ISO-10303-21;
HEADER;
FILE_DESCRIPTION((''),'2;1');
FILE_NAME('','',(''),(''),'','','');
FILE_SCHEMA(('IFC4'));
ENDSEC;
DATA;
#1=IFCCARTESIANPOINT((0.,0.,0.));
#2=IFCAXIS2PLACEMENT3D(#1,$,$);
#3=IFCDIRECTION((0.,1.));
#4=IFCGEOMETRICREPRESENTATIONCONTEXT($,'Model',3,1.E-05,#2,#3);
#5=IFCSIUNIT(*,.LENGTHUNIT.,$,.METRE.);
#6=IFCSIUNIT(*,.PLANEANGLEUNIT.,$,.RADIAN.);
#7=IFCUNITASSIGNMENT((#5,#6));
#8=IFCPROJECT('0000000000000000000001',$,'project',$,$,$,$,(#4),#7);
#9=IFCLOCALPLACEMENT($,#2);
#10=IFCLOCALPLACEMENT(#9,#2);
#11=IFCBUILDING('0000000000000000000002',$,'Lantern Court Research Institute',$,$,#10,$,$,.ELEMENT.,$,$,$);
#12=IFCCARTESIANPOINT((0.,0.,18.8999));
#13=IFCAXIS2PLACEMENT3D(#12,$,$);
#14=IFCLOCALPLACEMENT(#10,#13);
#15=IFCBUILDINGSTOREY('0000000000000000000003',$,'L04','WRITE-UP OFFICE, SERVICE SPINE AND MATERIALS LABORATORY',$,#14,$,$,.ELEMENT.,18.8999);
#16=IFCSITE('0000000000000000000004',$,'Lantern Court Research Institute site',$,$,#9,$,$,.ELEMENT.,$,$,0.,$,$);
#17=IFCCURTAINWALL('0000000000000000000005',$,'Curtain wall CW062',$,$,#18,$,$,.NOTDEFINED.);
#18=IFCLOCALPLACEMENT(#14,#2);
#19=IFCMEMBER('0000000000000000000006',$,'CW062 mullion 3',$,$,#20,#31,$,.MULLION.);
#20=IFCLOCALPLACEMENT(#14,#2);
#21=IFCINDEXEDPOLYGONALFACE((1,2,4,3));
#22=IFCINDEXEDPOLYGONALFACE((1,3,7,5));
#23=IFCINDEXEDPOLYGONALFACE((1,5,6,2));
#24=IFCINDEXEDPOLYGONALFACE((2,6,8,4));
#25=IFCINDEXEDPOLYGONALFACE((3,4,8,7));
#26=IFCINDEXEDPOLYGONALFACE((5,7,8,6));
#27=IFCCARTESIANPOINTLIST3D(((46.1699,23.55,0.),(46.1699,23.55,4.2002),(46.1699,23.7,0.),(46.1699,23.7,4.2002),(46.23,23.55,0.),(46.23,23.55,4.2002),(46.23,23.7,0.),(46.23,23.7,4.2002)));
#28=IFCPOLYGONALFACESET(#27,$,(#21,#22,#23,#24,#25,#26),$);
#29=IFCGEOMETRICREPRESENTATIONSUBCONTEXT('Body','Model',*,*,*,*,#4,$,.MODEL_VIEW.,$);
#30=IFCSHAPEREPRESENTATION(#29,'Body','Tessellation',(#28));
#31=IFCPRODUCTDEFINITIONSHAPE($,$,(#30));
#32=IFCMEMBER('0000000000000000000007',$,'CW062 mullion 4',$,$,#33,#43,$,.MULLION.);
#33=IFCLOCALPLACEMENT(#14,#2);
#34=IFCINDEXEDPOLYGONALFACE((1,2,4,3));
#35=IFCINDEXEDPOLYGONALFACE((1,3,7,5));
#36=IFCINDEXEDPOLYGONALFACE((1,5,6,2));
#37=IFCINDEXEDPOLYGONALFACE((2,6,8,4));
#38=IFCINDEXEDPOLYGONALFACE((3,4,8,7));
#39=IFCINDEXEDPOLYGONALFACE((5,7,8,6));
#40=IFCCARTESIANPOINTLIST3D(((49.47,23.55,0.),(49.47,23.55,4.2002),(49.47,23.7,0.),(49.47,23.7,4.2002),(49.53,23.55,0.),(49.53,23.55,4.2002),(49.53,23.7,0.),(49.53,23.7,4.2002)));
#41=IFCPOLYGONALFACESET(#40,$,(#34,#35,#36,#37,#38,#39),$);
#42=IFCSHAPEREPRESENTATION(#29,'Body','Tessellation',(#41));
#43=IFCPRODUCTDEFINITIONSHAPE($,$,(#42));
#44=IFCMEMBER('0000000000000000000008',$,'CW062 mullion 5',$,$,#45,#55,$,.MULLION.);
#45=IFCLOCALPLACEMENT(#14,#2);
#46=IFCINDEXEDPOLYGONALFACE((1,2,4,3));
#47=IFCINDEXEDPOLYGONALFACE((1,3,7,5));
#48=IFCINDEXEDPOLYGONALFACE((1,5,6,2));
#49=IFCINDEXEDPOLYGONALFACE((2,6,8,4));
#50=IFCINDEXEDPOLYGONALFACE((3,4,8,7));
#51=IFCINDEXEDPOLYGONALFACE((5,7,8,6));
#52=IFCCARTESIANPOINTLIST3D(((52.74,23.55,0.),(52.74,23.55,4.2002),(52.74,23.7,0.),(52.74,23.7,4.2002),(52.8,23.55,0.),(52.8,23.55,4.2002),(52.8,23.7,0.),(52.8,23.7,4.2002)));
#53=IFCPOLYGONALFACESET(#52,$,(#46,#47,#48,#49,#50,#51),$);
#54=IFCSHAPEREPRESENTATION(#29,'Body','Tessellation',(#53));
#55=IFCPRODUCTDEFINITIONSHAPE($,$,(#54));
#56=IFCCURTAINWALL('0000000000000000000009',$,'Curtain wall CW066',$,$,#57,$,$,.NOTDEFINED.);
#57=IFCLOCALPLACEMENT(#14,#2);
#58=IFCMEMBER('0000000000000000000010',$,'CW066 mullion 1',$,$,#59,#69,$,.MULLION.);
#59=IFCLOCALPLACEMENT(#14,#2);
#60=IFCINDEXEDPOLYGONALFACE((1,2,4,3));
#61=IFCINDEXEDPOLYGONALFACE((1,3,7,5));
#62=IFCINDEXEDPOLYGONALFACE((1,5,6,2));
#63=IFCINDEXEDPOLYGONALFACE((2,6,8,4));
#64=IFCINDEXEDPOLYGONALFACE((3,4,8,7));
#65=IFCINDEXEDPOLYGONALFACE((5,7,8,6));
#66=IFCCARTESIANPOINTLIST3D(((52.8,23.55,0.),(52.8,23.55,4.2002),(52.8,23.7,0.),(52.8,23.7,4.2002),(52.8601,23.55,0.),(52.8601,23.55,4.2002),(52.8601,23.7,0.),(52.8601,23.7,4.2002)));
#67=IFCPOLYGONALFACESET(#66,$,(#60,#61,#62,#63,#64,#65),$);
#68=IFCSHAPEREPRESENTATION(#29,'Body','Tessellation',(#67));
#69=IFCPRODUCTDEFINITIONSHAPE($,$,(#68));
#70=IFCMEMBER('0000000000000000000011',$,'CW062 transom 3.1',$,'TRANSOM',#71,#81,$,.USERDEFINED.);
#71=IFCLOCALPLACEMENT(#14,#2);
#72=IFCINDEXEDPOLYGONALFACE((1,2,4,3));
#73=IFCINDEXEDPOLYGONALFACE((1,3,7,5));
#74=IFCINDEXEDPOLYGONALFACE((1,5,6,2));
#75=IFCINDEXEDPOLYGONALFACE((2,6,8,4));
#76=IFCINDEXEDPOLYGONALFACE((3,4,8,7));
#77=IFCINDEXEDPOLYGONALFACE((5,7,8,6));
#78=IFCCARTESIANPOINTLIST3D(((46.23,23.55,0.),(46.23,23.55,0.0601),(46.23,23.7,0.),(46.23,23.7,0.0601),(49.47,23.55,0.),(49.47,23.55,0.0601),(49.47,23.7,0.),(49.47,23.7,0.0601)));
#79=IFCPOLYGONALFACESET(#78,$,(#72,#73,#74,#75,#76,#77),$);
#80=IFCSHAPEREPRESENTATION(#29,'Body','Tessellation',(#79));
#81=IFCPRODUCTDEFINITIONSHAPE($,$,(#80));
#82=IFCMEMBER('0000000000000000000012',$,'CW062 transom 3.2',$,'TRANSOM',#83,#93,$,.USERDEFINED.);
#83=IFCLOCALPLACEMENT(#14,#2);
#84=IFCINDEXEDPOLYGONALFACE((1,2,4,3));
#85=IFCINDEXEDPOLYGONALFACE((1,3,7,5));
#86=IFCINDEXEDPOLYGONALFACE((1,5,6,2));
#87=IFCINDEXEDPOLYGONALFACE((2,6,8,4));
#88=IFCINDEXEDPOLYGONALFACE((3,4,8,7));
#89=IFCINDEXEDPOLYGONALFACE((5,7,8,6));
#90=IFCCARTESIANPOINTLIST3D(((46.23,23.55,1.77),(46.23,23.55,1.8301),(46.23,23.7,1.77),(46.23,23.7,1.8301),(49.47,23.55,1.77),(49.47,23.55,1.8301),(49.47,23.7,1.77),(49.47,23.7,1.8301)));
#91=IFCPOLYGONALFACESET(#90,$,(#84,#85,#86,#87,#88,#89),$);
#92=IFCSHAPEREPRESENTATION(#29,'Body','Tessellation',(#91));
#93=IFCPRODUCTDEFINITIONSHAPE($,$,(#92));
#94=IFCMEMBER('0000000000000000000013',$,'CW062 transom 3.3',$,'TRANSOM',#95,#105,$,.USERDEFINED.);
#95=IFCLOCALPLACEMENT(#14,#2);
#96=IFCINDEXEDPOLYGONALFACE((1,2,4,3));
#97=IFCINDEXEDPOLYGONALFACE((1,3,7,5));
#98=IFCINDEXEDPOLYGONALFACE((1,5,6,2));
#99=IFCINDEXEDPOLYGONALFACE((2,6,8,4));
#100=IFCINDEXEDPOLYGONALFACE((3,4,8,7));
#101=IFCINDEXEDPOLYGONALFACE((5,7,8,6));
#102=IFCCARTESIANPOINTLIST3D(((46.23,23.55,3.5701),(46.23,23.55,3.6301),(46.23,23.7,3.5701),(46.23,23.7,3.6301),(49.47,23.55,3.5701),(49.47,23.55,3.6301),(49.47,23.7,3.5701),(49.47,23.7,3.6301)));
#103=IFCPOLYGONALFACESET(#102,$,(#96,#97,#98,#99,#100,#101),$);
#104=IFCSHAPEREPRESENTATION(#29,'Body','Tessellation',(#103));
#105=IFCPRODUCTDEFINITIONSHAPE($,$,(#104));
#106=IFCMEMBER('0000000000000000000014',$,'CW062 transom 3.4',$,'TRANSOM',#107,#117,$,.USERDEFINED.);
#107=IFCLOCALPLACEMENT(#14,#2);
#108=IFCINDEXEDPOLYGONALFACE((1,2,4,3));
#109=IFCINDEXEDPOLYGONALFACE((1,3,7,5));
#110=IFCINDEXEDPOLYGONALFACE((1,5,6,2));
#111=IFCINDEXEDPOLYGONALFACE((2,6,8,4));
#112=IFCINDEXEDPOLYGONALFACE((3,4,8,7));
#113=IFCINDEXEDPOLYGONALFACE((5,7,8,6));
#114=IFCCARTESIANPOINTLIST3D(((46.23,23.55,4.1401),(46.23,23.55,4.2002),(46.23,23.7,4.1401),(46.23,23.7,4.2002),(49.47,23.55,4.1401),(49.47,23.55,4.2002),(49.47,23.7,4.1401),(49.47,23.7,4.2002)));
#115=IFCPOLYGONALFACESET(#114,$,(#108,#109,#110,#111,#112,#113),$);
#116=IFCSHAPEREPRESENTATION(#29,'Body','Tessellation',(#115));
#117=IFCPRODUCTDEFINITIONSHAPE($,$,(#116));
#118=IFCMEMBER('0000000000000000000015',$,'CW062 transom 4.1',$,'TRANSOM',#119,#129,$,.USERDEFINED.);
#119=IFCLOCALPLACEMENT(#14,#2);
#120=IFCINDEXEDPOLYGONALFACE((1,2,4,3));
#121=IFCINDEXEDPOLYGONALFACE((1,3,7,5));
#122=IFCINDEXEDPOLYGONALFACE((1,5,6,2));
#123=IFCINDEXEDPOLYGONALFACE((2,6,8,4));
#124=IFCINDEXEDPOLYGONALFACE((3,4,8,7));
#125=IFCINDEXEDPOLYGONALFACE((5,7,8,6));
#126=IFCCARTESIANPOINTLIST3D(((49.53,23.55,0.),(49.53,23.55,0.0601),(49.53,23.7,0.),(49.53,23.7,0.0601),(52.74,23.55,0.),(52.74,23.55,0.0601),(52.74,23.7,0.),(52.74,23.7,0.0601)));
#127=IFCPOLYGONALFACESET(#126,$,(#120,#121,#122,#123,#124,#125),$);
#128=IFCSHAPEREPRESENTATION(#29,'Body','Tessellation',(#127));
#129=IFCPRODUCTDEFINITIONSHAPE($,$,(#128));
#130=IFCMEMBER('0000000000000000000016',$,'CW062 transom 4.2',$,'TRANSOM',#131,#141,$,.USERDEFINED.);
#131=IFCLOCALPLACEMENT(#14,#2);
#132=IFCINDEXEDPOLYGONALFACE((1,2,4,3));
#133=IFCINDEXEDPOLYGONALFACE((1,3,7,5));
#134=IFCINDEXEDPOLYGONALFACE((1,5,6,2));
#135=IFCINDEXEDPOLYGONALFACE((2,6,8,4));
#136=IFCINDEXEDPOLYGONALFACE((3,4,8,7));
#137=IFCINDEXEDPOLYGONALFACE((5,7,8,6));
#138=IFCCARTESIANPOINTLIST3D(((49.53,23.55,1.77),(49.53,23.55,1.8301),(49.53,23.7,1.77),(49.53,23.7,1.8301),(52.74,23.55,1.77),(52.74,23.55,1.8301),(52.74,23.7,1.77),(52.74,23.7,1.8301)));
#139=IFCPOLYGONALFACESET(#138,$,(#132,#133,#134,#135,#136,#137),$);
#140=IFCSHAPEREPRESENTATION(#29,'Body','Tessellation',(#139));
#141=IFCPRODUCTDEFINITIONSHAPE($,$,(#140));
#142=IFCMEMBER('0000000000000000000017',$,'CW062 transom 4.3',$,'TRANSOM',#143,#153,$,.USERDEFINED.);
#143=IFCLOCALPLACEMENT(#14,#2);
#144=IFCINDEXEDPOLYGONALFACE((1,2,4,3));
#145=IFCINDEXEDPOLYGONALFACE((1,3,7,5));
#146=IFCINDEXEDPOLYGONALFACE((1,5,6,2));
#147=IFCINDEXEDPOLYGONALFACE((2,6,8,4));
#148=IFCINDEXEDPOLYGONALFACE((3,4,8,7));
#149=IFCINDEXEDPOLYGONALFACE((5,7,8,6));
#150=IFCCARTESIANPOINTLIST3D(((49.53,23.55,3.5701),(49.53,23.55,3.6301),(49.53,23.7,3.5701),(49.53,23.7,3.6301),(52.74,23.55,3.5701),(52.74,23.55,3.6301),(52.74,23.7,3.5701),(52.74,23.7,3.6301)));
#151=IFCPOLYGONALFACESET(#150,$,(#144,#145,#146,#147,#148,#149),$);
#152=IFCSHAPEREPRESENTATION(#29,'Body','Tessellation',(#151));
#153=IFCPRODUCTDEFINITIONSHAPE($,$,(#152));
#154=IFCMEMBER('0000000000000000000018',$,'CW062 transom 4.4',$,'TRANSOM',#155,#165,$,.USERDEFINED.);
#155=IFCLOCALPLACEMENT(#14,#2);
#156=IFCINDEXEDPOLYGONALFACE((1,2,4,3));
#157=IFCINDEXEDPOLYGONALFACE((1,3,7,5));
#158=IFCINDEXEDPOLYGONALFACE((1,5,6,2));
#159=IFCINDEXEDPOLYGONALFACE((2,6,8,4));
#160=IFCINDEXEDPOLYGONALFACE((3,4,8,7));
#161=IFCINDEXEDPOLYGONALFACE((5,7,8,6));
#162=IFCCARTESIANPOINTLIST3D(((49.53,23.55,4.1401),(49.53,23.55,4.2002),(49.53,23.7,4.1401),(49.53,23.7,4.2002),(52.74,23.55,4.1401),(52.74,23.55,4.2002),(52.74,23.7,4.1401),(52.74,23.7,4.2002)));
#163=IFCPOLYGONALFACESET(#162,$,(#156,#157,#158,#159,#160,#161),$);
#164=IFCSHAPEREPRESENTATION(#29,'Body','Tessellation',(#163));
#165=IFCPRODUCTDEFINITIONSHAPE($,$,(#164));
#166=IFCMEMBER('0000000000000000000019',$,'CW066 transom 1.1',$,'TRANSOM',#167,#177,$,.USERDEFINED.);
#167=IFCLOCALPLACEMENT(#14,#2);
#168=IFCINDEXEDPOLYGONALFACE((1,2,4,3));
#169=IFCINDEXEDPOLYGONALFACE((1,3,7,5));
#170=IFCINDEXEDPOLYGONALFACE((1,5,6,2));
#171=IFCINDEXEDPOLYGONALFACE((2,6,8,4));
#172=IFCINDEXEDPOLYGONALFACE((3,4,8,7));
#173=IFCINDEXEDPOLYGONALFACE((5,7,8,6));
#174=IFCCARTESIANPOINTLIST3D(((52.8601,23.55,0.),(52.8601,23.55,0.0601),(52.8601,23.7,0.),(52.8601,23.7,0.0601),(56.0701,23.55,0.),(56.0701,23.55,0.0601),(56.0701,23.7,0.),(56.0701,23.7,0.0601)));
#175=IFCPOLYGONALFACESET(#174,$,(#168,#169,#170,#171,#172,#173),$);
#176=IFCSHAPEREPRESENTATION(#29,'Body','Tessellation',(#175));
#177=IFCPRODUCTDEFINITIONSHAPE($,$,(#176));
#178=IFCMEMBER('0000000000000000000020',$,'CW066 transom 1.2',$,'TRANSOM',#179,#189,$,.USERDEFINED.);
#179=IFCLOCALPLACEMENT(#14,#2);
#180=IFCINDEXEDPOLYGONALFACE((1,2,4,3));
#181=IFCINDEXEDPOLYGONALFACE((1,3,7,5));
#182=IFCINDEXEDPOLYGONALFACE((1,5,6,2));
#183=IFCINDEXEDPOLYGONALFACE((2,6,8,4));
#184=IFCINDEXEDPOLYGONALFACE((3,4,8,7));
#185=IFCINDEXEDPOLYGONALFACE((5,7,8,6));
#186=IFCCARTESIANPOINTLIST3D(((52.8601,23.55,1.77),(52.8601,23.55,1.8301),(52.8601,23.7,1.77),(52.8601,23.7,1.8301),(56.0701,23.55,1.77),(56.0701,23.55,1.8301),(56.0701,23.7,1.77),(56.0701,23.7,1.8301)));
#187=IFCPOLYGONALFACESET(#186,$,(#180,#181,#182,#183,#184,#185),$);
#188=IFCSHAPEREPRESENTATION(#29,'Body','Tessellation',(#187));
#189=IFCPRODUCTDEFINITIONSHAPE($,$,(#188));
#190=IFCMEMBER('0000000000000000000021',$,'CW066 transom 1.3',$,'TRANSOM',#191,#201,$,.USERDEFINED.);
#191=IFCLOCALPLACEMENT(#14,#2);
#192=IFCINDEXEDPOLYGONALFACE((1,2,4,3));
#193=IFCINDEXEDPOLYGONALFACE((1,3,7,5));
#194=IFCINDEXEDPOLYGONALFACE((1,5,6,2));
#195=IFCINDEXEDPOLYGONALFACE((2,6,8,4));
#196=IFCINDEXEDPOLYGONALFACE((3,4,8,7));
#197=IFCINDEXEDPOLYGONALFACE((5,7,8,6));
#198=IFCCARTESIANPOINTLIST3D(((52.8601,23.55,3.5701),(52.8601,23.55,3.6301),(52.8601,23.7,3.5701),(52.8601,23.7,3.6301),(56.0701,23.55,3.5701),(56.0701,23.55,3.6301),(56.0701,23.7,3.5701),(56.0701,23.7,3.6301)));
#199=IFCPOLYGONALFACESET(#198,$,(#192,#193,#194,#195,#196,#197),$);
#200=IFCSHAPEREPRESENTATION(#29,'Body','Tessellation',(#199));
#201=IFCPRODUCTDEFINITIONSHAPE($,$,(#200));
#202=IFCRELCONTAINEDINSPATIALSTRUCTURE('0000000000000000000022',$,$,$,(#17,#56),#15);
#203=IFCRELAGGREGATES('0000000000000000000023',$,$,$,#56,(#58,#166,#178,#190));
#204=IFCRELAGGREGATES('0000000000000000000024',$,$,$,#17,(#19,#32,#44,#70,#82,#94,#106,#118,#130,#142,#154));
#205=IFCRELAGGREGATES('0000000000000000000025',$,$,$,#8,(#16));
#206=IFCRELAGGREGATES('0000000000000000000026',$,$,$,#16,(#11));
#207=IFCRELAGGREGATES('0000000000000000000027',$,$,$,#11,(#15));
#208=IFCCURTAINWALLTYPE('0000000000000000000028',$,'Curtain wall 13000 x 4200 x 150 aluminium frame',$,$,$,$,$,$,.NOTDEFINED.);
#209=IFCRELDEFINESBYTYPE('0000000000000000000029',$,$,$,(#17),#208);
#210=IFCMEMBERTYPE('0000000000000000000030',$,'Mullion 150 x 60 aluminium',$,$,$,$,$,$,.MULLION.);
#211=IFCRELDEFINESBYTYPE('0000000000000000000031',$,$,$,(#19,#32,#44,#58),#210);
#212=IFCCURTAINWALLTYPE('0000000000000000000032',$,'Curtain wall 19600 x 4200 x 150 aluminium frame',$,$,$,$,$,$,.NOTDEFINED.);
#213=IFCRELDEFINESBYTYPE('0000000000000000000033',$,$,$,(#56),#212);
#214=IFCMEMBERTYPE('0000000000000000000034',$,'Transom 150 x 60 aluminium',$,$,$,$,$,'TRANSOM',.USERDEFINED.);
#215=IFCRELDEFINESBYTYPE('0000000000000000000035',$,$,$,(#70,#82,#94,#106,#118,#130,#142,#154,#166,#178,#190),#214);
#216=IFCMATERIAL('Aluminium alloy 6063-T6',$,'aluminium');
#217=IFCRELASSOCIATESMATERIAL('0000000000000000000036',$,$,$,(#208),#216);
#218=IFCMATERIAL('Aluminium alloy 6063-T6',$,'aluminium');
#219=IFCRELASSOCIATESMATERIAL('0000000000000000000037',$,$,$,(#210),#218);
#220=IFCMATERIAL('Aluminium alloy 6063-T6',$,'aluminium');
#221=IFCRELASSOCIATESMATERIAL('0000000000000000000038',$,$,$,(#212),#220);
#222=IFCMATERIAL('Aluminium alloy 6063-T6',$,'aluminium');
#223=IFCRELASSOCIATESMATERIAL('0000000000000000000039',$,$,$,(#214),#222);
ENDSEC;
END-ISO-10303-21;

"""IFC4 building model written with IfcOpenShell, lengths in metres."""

from ifc_helpers import new_model, si_unit, direction, frame, origin, origin_2d, place, context, subcontext, project, spatial, rectangle, extrude, material, material_profile, profile_set, type_object, element, aggregate, save


model = new_model("IFC4")

# Units and contexts
model_context = context("Model", 3, precision=1e-05, world=origin(), true_north=direction((0.0, 1.0)))
body_context = subcontext(model_context, "Body", "Model", "MODEL_VIEW")
ifc_project = project(units=[si_unit("LENGTHUNIT", "METRE"), si_unit("PLANEANGLEUNIT", "RADIAN")], contexts=[model_context])

# Site, building, storey
site_placement = place(None, origin())
site = spatial("IfcSite", under=ifc_project, at=site_placement, Name="Lantern Court Research Institute site", CompositionType="ELEMENT", RefElevation=0.0)
building_placement = place(site_placement, origin())
building = spatial("IfcBuilding", under=site, at=building_placement, Name="Lantern Court Research Institute", CompositionType="ELEMENT")
storey_placement = place(building_placement, frame((0.0, 0.0, 18.8999)))
storey = spatial("IfcBuildingStorey", under=building, at=storey_placement, Name="L04", Description="WRITE-UP OFFICE, SERVICE SPINE AND MATERIALS LABORATORY", CompositionType="ELEMENT", Elevation=18.8999)

# Curtain wall, members
ifc_material_1 = material(Name="Aluminium alloy 6063-T6", Category="aluminium")
curtain_wall_type_1 = type_object("IfcCurtainWallType", Name="Curtain wall 13000 x 4200 x 150 aluminium frame", PredefinedType="NOTDEFINED", material=ifc_material_1)
curtain_wall_1_placement = place(storey_placement, origin())
curtain_wall_1 = element("IfcCurtainWall", 1, at=curtain_wall_1_placement, inside=storey, type_object=curtain_wall_type_1, Name="Curtain wall CW062", PredefinedType="NOTDEFINED")
ifc_material_2 = material(Name="Aluminium alloy 6063-T6", Category="aluminium")
ifc_material_profile_1 = material_profile(ifc_material_2, rectangle(XDim=0.1499, YDim=0.0601, at=origin_2d()), Name="Mullion 150 x 60")
ifc_profile_set_1 = profile_set([ifc_material_profile_1], Name="Aluminium alloy 6063-T6")
member_type_1 = type_object("IfcMemberType", Name="Mullion 150 x 60 aluminium", PredefinedType="MULLION", material=ifc_profile_set_1)
member_1_placement = place(storey_placement, frame((46.2, 23.625, 0.0), z_axis=(0.0, 0.0, 1.0), x_axis=(0.0, 1.0, 0.0)))
member_1 = element("IfcMember", 2, at=member_1_placement, type_object=member_type_1, Name="CW062 mullion 3", PredefinedType="MULLION", context=body_context, shape_type="SweptSolid", body=[
    extrude(rectangle(XDim=0.1499, YDim=0.0601, at=origin_2d()), origin(), (0.0, 0.0, 1.0), 4.2002),
])
member_2_placement = place(storey_placement, frame((49.5, 23.625, 0.0), z_axis=(0.0, 0.0, 1.0), x_axis=(0.0, 1.0, 0.0)))
member_2 = element("IfcMember", 3, at=member_2_placement, type_object=member_type_1, Name="CW062 mullion 4", PredefinedType="MULLION", context=body_context, shape_type="SweptSolid", body=[
    extrude(rectangle(XDim=0.1499, YDim=0.0601, at=origin_2d()), origin(), (0.0, 0.0, 1.0), 4.2002),
])
member_3_placement = place(storey_placement, frame((52.77, 23.625, 0.0), z_axis=(0.0, 0.0, 1.0), x_axis=(0.0, 1.0, 0.0)))
member_3 = element("IfcMember", 4, at=member_3_placement, type_object=member_type_1, Name="CW062 mullion 5", PredefinedType="MULLION", context=body_context, shape_type="SweptSolid", body=[
    extrude(rectangle(XDim=0.1499, YDim=0.0601, at=origin_2d()), origin(), (0.0, 0.0, 1.0), 4.2002),
])

# Curtain wall, member
ifc_material_3 = material(Name="Aluminium alloy 6063-T6", Category="aluminium")
curtain_wall_type_2 = type_object("IfcCurtainWallType", Name="Curtain wall 19600 x 4200 x 150 aluminium frame", PredefinedType="NOTDEFINED", material=ifc_material_3)
curtain_wall_2_placement = place(storey_placement, origin())
curtain_wall_2 = element("IfcCurtainWall", 5, at=curtain_wall_2_placement, inside=storey, type_object=curtain_wall_type_2, Name="Curtain wall CW066", PredefinedType="NOTDEFINED")
member_4_placement = place(storey_placement, frame((52.8301, 23.625, 0.0), z_axis=(0.0, 0.0, 1.0), x_axis=(0.0, 1.0, 0.0)))
member_4 = element("IfcMember", 6, at=member_4_placement, type_object=member_type_1, Name="CW066 mullion 1", PredefinedType="MULLION", context=body_context, shape_type="SweptSolid", body=[
    extrude(rectangle(XDim=0.1499, YDim=0.0601, at=origin_2d()), origin(), (0.0, 0.0, 1.0), 4.2002),
])

# Members
ifc_material_4 = material(Name="Aluminium alloy 6063-T6", Category="aluminium")
ifc_material_profile_2 = material_profile(ifc_material_4, rectangle(XDim=0.1499, YDim=0.0601, at=origin_2d()), Name="Transom 150 x 60")
ifc_profile_set_2 = profile_set([ifc_material_profile_2], Name="Aluminium alloy 6063-T6")
member_type_2 = type_object("IfcMemberType", Name="Transom 150 x 60 aluminium", ElementType="TRANSOM", PredefinedType="USERDEFINED", material=ifc_profile_set_2)
member_5_placement = place(storey_placement, frame((46.23, 23.625, 0.03), z_axis=(1.0, 0.0, 0.0), x_axis=(0.0, 1.0, 0.0)))
member_5 = element("IfcMember", 7, at=member_5_placement, type_object=member_type_2, Name="CW062 transom 3.1", ObjectType="TRANSOM", PredefinedType="USERDEFINED", context=body_context, shape_type="SweptSolid", body=[
    extrude(rectangle(XDim=0.1499, YDim=0.0601, at=origin_2d()), origin(), (0.0, 0.0, 1.0), 3.24),
])
member_6_placement = place(storey_placement, frame((46.23, 23.625, 1.8), z_axis=(1.0, 0.0, 0.0), x_axis=(0.0, 1.0, 0.0)))
member_6 = element("IfcMember", 8, at=member_6_placement, type_object=member_type_2, Name="CW062 transom 3.2", ObjectType="TRANSOM", PredefinedType="USERDEFINED", context=body_context, shape_type="SweptSolid", body=[
    extrude(rectangle(XDim=0.1499, YDim=0.0601, at=origin_2d()), origin(), (0.0, 0.0, 1.0), 3.24),
])
member_7_placement = place(storey_placement, frame((46.23, 23.625, 3.6001), z_axis=(1.0, 0.0, 0.0), x_axis=(0.0, 1.0, 0.0)))
member_7 = element("IfcMember", 9, at=member_7_placement, type_object=member_type_2, Name="CW062 transom 3.3", ObjectType="TRANSOM", PredefinedType="USERDEFINED", context=body_context, shape_type="SweptSolid", body=[
    extrude(rectangle(XDim=0.1499, YDim=0.0601, at=origin_2d()), origin(), (0.0, 0.0, 1.0), 3.24),
])
member_8_placement = place(storey_placement, frame((46.23, 23.625, 4.1702), z_axis=(1.0, 0.0, 0.0), x_axis=(0.0, 1.0, 0.0)))
member_8 = element("IfcMember", 10, at=member_8_placement, type_object=member_type_2, Name="CW062 transom 3.4", ObjectType="TRANSOM", PredefinedType="USERDEFINED", context=body_context, shape_type="SweptSolid", body=[
    extrude(rectangle(XDim=0.1499, YDim=0.0601, at=origin_2d()), origin(), (0.0, 0.0, 1.0), 3.24),
])
member_9_placement = place(storey_placement, frame((49.53, 23.625, 0.03), z_axis=(1.0, 0.0, 0.0), x_axis=(0.0, 1.0, 0.0)))
member_9 = element("IfcMember", 11, at=member_9_placement, type_object=member_type_2, Name="CW062 transom 4.1", ObjectType="TRANSOM", PredefinedType="USERDEFINED", context=body_context, shape_type="SweptSolid", body=[
    extrude(rectangle(XDim=0.1499, YDim=0.0601, at=origin_2d()), origin(), (0.0, 0.0, 1.0), 3.21),
])
member_10_placement = place(storey_placement, frame((49.53, 23.625, 1.8), z_axis=(1.0, 0.0, 0.0), x_axis=(0.0, 1.0, 0.0)))
member_10 = element("IfcMember", 12, at=member_10_placement, type_object=member_type_2, Name="CW062 transom 4.2", ObjectType="TRANSOM", PredefinedType="USERDEFINED", context=body_context, shape_type="SweptSolid", body=[
    extrude(rectangle(XDim=0.1499, YDim=0.0601, at=origin_2d()), origin(), (0.0, 0.0, 1.0), 3.21),
])
member_11_placement = place(storey_placement, frame((49.53, 23.625, 3.6001), z_axis=(1.0, 0.0, 0.0), x_axis=(0.0, 1.0, 0.0)))
member_11 = element("IfcMember", 13, at=member_11_placement, type_object=member_type_2, Name="CW062 transom 4.3", ObjectType="TRANSOM", PredefinedType="USERDEFINED", context=body_context, shape_type="SweptSolid", body=[
    extrude(rectangle(XDim=0.1499, YDim=0.0601, at=origin_2d()), origin(), (0.0, 0.0, 1.0), 3.21),
])
member_12_placement = place(storey_placement, frame((49.53, 23.625, 4.1702), z_axis=(1.0, 0.0, 0.0), x_axis=(0.0, 1.0, 0.0)))
member_12 = element("IfcMember", 14, at=member_12_placement, type_object=member_type_2, Name="CW062 transom 4.4", ObjectType="TRANSOM", PredefinedType="USERDEFINED", context=body_context, shape_type="SweptSolid", body=[
    extrude(rectangle(XDim=0.1499, YDim=0.0601, at=origin_2d()), origin(), (0.0, 0.0, 1.0), 3.21),
])
member_13_placement = place(storey_placement, frame((52.8601, 23.625, 0.03), z_axis=(1.0, 0.0, 0.0), x_axis=(0.0, 1.0, 0.0)))
member_13 = element("IfcMember", 15, at=member_13_placement, type_object=member_type_2, Name="CW066 transom 1.1", ObjectType="TRANSOM", PredefinedType="USERDEFINED", context=body_context, shape_type="SweptSolid", body=[
    extrude(rectangle(XDim=0.1499, YDim=0.0601, at=origin_2d()), origin(), (0.0, 0.0, 1.0), 3.21),
])
member_14_placement = place(storey_placement, frame((52.8601, 23.625, 1.8), z_axis=(1.0, 0.0, 0.0), x_axis=(0.0, 1.0, 0.0)))
member_14 = element("IfcMember", 16, at=member_14_placement, type_object=member_type_2, Name="CW066 transom 1.2", ObjectType="TRANSOM", PredefinedType="USERDEFINED", context=body_context, shape_type="SweptSolid", body=[
    extrude(rectangle(XDim=0.1499, YDim=0.0601, at=origin_2d()), origin(), (0.0, 0.0, 1.0), 3.21),
])
member_15_placement = place(storey_placement, frame((52.8601, 23.625, 3.6001), z_axis=(1.0, 0.0, 0.0), x_axis=(0.0, 1.0, 0.0)))
member_15 = element("IfcMember", 17, at=member_15_placement, type_object=member_type_2, Name="CW066 transom 1.3", ObjectType="TRANSOM", PredefinedType="USERDEFINED", context=body_context, shape_type="SweptSolid", body=[
    extrude(rectangle(XDim=0.1499, YDim=0.0601, at=origin_2d()), origin(), (0.0, 0.0, 1.0), 3.21),
])
aggregate(curtain_wall_2, [member_4, member_13, member_14, member_15])

aggregate(curtain_wall_1, [member_1, member_2, member_3, member_5, member_6, member_7, member_8, member_9, member_10, member_11, member_12])

save(model, "model.ifc")
